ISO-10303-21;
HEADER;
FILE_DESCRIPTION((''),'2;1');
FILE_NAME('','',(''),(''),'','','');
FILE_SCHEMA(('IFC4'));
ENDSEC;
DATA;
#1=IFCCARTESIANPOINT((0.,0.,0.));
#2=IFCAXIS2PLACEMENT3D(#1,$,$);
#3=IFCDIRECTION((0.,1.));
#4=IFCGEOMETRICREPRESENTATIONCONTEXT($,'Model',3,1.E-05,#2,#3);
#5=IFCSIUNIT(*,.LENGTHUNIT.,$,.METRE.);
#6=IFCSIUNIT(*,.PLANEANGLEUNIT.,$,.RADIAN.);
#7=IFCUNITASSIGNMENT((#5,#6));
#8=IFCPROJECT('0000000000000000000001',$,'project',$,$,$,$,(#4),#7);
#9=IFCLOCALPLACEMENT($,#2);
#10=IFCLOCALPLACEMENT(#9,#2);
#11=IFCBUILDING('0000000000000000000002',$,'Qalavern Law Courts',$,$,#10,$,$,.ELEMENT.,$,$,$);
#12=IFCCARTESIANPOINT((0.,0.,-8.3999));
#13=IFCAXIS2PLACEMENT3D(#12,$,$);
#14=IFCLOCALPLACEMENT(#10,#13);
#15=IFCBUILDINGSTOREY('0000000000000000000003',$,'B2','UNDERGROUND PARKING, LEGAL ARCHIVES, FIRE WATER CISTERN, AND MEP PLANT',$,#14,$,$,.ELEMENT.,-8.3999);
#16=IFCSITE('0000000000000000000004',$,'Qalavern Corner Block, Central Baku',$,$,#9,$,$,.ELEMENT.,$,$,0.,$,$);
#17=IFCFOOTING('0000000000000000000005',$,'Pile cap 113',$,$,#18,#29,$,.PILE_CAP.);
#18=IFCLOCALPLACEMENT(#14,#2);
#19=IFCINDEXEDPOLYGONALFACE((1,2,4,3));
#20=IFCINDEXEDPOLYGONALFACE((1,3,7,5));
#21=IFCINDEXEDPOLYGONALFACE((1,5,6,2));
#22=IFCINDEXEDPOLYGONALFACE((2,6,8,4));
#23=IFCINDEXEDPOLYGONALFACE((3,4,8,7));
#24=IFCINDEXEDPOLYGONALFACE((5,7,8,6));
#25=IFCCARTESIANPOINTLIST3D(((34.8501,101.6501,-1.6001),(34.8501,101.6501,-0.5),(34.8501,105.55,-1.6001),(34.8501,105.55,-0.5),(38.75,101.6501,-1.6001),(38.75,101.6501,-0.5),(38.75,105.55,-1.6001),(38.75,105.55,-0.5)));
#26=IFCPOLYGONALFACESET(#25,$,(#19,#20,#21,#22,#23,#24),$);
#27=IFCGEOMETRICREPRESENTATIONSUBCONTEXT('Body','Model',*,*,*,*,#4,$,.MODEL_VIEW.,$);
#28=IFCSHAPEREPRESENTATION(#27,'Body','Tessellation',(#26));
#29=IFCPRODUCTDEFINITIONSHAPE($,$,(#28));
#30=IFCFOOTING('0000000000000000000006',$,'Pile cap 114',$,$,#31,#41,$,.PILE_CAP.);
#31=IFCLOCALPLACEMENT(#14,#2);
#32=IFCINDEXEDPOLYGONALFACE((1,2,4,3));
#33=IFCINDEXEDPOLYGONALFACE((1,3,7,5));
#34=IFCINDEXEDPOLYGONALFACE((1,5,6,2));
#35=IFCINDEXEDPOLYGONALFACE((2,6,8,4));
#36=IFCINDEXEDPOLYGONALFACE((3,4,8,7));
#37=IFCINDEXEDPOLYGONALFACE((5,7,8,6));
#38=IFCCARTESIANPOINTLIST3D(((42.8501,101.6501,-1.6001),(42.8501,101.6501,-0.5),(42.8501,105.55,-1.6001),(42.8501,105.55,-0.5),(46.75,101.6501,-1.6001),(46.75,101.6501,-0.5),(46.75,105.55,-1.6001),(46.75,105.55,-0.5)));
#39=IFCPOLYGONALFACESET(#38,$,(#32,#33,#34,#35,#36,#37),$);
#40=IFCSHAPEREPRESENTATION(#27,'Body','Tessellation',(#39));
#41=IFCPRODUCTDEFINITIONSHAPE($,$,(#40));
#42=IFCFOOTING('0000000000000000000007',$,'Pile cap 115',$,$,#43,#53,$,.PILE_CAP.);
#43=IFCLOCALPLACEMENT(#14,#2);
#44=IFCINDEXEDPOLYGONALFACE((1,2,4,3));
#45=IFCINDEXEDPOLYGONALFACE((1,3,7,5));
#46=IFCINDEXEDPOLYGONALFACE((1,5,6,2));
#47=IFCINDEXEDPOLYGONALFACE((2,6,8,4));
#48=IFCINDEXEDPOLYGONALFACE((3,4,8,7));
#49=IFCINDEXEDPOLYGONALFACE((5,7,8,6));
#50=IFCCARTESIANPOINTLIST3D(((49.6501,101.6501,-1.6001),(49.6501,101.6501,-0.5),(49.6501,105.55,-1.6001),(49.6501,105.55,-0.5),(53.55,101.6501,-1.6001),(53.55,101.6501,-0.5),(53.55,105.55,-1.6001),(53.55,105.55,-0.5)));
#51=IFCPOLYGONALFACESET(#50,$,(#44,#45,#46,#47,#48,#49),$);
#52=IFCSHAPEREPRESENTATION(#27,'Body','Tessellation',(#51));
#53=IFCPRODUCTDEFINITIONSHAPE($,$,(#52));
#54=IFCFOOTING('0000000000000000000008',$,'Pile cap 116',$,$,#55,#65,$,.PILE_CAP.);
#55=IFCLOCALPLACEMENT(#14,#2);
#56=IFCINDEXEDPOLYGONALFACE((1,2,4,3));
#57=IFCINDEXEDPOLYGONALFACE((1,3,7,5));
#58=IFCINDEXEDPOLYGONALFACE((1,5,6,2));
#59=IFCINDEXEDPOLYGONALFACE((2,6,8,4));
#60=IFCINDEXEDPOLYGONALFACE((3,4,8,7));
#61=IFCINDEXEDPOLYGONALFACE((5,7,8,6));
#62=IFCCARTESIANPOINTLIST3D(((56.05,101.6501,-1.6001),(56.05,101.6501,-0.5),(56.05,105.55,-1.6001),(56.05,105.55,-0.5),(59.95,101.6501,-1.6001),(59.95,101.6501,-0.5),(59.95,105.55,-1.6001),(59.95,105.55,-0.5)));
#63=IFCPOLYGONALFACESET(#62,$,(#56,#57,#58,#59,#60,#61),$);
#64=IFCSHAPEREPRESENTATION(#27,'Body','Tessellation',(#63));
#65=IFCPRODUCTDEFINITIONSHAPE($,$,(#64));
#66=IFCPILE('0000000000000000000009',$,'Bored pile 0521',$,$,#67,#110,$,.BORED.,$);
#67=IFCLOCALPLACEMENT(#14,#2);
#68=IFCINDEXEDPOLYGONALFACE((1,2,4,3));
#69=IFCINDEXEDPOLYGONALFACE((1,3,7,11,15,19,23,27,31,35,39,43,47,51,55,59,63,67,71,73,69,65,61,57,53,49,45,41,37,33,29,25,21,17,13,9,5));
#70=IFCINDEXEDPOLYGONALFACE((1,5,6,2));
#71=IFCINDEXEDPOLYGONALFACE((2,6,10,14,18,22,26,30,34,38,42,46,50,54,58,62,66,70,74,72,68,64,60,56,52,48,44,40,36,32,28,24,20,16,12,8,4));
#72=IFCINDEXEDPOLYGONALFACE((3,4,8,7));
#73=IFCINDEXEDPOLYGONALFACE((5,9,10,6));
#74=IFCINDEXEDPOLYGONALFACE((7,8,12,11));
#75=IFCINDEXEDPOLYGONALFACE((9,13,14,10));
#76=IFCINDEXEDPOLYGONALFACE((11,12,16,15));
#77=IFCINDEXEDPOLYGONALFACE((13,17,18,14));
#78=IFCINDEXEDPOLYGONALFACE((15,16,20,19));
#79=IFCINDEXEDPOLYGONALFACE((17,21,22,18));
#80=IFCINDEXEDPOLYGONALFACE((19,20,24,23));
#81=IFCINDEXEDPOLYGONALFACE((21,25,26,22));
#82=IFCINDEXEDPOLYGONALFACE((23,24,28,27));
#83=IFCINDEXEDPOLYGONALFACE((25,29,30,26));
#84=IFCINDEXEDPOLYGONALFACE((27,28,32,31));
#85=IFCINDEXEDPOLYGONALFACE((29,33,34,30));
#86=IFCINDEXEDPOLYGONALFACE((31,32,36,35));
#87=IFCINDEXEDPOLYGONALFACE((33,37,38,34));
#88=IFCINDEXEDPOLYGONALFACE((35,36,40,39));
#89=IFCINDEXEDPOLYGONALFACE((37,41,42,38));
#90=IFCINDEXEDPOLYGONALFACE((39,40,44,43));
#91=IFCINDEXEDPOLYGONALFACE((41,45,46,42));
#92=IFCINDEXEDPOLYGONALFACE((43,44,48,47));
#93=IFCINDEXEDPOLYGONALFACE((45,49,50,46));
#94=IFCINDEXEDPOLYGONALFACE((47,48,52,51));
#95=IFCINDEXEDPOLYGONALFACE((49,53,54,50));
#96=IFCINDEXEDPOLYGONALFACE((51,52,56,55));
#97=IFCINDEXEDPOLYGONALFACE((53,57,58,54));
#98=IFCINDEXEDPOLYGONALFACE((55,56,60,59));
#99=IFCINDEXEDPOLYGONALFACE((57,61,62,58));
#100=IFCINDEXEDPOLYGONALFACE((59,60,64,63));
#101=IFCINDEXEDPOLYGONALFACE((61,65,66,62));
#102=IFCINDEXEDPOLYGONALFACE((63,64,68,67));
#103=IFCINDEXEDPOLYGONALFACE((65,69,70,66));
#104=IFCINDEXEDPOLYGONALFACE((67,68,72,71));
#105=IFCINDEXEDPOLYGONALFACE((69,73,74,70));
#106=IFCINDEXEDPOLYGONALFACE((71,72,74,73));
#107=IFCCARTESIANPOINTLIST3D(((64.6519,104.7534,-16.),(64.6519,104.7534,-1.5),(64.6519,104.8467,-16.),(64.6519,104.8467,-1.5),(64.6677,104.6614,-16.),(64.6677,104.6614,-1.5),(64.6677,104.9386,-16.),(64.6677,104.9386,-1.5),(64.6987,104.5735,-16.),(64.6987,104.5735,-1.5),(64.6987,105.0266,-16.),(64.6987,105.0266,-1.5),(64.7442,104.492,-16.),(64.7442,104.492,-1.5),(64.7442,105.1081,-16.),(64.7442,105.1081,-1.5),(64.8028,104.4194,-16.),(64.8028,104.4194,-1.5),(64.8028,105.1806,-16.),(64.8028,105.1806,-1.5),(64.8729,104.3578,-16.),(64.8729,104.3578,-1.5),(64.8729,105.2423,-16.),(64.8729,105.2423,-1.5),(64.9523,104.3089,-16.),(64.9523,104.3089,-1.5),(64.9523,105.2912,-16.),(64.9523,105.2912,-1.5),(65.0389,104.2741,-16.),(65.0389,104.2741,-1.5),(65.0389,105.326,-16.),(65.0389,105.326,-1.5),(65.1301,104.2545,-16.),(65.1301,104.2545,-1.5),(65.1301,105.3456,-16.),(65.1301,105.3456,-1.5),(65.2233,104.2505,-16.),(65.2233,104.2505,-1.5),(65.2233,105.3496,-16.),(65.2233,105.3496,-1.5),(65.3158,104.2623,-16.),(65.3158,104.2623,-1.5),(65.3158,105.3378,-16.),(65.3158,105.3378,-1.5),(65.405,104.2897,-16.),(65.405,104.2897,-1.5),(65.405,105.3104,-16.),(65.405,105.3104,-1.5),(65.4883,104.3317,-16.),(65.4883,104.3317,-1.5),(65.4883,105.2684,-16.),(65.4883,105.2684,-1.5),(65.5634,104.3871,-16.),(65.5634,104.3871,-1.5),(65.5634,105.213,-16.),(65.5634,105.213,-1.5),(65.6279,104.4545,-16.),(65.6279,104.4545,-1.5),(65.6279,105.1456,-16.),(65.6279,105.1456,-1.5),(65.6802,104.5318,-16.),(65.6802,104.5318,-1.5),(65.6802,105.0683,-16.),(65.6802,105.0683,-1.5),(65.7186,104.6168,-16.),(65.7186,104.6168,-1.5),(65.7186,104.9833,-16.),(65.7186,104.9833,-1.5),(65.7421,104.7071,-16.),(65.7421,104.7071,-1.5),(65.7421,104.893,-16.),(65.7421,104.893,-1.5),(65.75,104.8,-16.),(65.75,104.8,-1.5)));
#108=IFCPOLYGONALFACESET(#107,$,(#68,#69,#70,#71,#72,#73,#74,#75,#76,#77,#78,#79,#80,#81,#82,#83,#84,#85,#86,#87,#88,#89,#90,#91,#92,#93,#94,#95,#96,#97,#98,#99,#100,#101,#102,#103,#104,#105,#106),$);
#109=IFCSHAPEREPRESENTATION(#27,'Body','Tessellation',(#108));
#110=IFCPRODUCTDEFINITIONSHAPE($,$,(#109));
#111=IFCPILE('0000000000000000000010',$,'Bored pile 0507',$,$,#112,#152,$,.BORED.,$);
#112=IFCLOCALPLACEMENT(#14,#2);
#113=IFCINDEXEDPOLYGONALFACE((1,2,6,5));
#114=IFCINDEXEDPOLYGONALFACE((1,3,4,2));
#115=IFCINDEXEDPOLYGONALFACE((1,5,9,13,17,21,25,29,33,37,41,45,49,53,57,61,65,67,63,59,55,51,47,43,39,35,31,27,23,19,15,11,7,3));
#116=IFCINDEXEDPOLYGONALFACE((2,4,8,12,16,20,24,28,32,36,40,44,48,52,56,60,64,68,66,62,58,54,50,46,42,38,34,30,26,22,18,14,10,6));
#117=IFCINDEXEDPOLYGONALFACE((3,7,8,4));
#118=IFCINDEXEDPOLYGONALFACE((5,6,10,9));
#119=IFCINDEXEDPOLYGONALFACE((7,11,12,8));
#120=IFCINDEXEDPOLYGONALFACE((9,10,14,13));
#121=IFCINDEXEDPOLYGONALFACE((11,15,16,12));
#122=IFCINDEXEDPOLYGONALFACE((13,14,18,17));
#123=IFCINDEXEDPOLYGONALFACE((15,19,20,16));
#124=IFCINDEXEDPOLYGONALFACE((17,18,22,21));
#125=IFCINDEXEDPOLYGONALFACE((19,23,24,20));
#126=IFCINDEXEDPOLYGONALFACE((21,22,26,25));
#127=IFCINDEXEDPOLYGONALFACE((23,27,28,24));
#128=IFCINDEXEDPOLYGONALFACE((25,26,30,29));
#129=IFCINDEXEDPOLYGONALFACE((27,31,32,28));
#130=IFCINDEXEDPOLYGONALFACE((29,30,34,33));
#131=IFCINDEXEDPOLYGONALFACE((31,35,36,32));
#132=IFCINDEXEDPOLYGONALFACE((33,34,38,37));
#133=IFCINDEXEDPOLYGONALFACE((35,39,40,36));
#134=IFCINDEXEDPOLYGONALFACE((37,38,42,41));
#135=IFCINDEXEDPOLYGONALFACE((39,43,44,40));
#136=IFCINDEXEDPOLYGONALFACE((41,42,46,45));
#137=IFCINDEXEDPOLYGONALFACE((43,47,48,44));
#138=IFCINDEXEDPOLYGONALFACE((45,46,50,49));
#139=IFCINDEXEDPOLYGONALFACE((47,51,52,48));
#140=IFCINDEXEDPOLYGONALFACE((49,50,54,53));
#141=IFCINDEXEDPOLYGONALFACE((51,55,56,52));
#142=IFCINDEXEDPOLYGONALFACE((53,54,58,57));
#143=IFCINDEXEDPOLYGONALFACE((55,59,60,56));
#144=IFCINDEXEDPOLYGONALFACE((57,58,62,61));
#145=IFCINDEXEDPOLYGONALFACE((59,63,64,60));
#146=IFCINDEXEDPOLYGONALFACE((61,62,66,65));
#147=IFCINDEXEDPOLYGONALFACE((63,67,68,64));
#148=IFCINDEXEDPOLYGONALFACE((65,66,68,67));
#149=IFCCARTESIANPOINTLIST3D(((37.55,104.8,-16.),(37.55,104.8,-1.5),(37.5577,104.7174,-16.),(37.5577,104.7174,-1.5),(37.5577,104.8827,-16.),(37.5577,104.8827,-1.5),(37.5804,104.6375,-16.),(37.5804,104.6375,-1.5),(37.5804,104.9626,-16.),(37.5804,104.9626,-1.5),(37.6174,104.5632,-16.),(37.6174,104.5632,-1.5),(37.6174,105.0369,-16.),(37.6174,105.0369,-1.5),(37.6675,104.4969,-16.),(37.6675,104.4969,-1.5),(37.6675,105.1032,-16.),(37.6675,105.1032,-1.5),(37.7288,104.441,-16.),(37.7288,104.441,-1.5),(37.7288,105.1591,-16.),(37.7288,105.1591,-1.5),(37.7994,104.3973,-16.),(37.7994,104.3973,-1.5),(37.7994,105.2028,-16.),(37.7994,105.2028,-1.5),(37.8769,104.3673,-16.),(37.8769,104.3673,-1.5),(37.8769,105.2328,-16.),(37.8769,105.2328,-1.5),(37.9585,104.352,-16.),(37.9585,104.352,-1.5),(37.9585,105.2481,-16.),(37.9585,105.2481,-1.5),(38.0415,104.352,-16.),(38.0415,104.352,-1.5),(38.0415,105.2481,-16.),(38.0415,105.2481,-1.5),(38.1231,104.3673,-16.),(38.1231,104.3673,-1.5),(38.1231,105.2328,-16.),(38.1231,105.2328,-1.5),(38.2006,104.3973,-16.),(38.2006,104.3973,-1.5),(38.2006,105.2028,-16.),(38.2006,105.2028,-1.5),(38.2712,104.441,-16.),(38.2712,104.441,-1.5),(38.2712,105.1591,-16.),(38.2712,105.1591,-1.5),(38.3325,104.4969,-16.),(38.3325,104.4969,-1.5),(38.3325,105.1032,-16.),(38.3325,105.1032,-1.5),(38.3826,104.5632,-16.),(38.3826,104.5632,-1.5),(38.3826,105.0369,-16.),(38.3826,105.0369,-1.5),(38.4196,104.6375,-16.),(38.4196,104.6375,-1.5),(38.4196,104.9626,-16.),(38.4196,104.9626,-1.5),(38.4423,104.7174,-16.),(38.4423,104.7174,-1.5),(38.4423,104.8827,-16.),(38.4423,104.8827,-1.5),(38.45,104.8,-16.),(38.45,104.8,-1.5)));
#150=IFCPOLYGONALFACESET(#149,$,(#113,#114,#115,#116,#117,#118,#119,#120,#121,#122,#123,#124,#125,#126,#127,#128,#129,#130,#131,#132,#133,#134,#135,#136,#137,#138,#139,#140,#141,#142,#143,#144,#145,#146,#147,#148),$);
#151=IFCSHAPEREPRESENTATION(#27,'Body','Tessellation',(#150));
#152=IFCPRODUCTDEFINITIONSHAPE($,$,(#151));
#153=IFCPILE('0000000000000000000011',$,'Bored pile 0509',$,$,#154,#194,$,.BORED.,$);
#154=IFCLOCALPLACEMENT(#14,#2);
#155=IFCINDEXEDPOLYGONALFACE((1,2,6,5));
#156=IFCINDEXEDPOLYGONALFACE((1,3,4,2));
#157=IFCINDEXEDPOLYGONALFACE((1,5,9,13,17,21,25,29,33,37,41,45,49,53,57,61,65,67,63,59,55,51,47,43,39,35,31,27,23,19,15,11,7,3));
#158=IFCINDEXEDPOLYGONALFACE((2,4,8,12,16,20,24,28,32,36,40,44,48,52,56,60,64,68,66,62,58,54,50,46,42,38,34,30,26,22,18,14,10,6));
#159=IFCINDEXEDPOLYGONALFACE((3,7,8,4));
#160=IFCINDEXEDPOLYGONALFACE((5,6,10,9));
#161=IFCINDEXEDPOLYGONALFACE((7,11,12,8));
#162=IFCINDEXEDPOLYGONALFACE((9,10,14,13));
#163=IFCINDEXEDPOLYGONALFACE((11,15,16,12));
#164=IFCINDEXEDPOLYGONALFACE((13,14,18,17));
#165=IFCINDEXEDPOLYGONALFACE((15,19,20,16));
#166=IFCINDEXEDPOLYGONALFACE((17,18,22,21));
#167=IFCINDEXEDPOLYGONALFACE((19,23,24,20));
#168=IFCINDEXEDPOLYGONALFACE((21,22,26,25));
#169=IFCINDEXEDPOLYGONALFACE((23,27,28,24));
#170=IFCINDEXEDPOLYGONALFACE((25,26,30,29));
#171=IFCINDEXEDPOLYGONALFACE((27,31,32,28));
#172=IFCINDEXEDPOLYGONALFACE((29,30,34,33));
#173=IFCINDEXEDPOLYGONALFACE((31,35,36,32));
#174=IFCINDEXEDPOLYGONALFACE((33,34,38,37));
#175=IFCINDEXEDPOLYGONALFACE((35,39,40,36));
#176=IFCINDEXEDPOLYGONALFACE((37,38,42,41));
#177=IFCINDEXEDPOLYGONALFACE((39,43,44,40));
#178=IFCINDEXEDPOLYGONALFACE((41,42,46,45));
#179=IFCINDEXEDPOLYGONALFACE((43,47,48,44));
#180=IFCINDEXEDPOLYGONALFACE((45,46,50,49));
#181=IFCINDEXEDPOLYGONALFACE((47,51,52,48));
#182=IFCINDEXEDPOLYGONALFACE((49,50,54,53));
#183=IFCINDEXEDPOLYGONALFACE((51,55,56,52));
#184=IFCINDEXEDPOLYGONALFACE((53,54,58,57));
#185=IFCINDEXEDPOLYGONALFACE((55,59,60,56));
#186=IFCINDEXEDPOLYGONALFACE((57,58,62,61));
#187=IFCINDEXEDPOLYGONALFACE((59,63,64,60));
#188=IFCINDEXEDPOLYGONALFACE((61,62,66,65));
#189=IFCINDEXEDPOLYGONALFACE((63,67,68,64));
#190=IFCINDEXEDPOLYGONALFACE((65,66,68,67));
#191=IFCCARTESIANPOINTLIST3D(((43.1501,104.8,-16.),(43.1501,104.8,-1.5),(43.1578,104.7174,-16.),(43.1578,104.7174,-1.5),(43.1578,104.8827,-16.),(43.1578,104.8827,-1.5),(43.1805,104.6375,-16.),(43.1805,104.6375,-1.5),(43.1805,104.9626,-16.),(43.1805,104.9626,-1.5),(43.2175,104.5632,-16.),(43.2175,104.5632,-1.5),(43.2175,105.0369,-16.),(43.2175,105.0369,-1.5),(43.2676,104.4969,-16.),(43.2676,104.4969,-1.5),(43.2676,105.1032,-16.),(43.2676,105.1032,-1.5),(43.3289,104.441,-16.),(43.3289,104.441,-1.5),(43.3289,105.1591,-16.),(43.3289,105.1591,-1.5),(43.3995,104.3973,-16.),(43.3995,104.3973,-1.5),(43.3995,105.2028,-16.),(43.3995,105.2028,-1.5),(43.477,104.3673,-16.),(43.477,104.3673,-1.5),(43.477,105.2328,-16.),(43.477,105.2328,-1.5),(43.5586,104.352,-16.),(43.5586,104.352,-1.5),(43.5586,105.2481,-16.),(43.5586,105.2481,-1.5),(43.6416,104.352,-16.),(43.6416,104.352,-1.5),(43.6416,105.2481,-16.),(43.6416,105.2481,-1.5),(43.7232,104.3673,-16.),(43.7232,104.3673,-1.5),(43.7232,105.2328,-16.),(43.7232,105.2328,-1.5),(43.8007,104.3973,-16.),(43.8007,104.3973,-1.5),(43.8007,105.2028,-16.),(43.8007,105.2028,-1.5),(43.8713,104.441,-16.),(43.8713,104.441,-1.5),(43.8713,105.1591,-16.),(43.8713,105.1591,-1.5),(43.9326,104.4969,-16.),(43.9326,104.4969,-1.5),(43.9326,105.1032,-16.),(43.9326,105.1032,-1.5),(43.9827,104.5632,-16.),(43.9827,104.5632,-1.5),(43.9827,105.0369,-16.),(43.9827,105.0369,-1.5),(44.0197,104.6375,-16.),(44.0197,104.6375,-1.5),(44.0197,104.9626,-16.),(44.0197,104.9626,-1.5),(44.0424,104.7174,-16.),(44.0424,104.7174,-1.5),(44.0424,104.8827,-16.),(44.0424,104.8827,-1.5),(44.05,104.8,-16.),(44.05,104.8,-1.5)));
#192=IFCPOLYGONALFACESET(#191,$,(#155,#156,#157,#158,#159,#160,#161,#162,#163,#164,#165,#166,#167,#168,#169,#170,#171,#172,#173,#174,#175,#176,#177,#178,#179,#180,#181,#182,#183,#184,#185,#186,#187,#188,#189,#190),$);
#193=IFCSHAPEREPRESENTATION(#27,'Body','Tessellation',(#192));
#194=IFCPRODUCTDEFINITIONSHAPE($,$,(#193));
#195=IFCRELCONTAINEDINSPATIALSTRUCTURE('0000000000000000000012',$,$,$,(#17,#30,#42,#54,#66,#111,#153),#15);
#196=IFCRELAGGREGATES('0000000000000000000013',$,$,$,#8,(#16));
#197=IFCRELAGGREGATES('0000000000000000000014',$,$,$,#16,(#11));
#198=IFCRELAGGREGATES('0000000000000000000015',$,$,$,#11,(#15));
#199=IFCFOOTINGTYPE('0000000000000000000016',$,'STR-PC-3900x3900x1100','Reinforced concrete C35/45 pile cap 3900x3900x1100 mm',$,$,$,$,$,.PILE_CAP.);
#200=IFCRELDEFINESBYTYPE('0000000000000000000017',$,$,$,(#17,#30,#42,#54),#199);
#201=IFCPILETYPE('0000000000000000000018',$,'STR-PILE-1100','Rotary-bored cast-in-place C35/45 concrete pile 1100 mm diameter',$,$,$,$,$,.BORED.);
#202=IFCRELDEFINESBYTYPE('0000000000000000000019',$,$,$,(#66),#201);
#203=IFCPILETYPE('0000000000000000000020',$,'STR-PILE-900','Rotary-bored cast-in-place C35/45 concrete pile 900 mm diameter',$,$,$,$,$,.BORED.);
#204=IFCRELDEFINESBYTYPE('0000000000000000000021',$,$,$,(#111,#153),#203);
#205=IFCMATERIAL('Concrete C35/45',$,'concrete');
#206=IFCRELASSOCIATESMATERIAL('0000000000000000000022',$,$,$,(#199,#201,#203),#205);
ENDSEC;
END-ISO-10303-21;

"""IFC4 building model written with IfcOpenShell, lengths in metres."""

from ifc_helpers import new_model, si_unit, direction, frame, origin, origin_2d, place, context, subcontext, project, spatial, rectangle, circle, extrude, material, material_profile, profile_set, type_object, element, save


model = new_model("IFC4")

# Units and contexts
model_context = context("Model", 3, precision=1e-05, world=origin(), true_north=direction((0.0, 1.0)))
body_context = subcontext(model_context, "Body", "Model", "MODEL_VIEW")
ifc_project = project(units=[si_unit("LENGTHUNIT", "METRE"), si_unit("PLANEANGLEUNIT", "RADIAN")], contexts=[model_context])

# Site, building, storey
site_placement = place(None, origin())
site = spatial("IfcSite", under=ifc_project, at=site_placement, Name="Qalavern Corner Block, Central Baku", CompositionType="ELEMENT", RefElevation=0.0)
building_placement = place(site_placement, origin())
building = spatial("IfcBuilding", under=site, at=building_placement, Name="Qalavern Law Courts", CompositionType="ELEMENT")
storey_placement = place(building_placement, frame((0.0, 0.0, -8.3999)))
storey = spatial("IfcBuildingStorey", under=building, at=storey_placement, Name="B2", Description="UNDERGROUND PARKING, LEGAL ARCHIVES, FIRE WATER CISTERN, AND MEP PLANT", CompositionType="ELEMENT", Elevation=-8.3999)

# Footings
ifc_material_1 = material(Name="Concrete C35/45", Category="concrete")
footing_type_1 = type_object("IfcFootingType", Name="STR-PC-3900x3900x1100", Description="Reinforced concrete C35/45 pile cap 3900x3900x1100 mm", PredefinedType="PILE_CAP", material=ifc_material_1)
for number, where, z_axis, x_axis, name in (
    (1, (36.8, 103.6001, -1.6001), (0.0, 0.0, 1.0), (1.0, 0.0, 0.0), "Pile cap 113"),
    (2, (44.8, 103.6001, -1.6001), (0.0, 0.0, 1.0), (1.0, 0.0, 0.0), "Pile cap 114"),
    (3, (51.6001, 103.6001, -1.6001), (0.0, 0.0, 1.0), (1.0, 0.0, 0.0), "Pile cap 115"),
    (4, (58.0, 103.6001, -1.6001), (0.0, 0.0, 1.0), (1.0, 0.0, 0.0), "Pile cap 116"),
):
    element("IfcFooting", number, at=place(storey_placement, frame(where, z_axis=z_axis, x_axis=x_axis)), inside=storey, type_object=footing_type_1, Name=name, PredefinedType="PILE_CAP", context=body_context, shape_type="SweptSolid", body=[
        extrude(rectangle(XDim=3.8999, YDim=3.8999, at=origin_2d()), origin(), (0.0, 0.0, 1.0), 1.1001),
    ])

# Piles
ifc_material_profile_1 = material_profile(ifc_material_1, circle(Radius=0.55, at=origin_2d()), Name="BORED PILE 1100")
ifc_profile_set_1 = profile_set([ifc_material_profile_1], Name="Concrete C35/45")
pile_type_1 = type_object("IfcPileType", Name="STR-PILE-1100", Description="Rotary-bored cast-in-place C35/45 concrete pile 1100 mm diameter", PredefinedType="BORED", material=ifc_profile_set_1)
pile_placement = place(storey_placement, frame((65.2, 104.8, -1.5), z_axis=(0.0, 0.0, -1.0), x_axis=(1.0, 0.0, 0.0)))
element("IfcPile", 5, at=pile_placement, inside=storey, type_object=pile_type_1, Name="Bored pile 0521", PredefinedType="BORED", context=body_context, shape_type="SweptSolid", body=[
    extrude(circle(Radius=0.55, at=origin_2d()), origin(), (0.0, 0.0, 1.0), 14.5),
])
ifc_material_profile_2 = material_profile(ifc_material_1, circle(Radius=0.45, at=origin_2d()), Name="BORED PILE 900")
ifc_profile_set_2 = profile_set([ifc_material_profile_2], Name="Concrete C35/45")
pile_type_2 = type_object("IfcPileType", Name="STR-PILE-900", Description="Rotary-bored cast-in-place C35/45 concrete pile 900 mm diameter", PredefinedType="BORED", material=ifc_profile_set_2)
for number, where, z_axis, x_axis, name in (
    (6, (38.0, 104.8, -1.5), (0.0, 0.0, -1.0), (1.0, 0.0, 0.0), "Bored pile 0507"),
    (7, (43.6001, 104.8, -1.5), (0.0, 0.0, -1.0), (1.0, 0.0, 0.0), "Bored pile 0509"),
):
    element("IfcPile", number, at=place(storey_placement, frame(where, z_axis=z_axis, x_axis=x_axis)), inside=storey, type_object=pile_type_2, Name=name, PredefinedType="BORED", context=body_context, shape_type="SweptSolid", body=[
        extrude(circle(Radius=0.45, at=origin_2d()), origin(), (0.0, 0.0, 1.0), 14.5),
    ])

save(model, "model.ifc")
